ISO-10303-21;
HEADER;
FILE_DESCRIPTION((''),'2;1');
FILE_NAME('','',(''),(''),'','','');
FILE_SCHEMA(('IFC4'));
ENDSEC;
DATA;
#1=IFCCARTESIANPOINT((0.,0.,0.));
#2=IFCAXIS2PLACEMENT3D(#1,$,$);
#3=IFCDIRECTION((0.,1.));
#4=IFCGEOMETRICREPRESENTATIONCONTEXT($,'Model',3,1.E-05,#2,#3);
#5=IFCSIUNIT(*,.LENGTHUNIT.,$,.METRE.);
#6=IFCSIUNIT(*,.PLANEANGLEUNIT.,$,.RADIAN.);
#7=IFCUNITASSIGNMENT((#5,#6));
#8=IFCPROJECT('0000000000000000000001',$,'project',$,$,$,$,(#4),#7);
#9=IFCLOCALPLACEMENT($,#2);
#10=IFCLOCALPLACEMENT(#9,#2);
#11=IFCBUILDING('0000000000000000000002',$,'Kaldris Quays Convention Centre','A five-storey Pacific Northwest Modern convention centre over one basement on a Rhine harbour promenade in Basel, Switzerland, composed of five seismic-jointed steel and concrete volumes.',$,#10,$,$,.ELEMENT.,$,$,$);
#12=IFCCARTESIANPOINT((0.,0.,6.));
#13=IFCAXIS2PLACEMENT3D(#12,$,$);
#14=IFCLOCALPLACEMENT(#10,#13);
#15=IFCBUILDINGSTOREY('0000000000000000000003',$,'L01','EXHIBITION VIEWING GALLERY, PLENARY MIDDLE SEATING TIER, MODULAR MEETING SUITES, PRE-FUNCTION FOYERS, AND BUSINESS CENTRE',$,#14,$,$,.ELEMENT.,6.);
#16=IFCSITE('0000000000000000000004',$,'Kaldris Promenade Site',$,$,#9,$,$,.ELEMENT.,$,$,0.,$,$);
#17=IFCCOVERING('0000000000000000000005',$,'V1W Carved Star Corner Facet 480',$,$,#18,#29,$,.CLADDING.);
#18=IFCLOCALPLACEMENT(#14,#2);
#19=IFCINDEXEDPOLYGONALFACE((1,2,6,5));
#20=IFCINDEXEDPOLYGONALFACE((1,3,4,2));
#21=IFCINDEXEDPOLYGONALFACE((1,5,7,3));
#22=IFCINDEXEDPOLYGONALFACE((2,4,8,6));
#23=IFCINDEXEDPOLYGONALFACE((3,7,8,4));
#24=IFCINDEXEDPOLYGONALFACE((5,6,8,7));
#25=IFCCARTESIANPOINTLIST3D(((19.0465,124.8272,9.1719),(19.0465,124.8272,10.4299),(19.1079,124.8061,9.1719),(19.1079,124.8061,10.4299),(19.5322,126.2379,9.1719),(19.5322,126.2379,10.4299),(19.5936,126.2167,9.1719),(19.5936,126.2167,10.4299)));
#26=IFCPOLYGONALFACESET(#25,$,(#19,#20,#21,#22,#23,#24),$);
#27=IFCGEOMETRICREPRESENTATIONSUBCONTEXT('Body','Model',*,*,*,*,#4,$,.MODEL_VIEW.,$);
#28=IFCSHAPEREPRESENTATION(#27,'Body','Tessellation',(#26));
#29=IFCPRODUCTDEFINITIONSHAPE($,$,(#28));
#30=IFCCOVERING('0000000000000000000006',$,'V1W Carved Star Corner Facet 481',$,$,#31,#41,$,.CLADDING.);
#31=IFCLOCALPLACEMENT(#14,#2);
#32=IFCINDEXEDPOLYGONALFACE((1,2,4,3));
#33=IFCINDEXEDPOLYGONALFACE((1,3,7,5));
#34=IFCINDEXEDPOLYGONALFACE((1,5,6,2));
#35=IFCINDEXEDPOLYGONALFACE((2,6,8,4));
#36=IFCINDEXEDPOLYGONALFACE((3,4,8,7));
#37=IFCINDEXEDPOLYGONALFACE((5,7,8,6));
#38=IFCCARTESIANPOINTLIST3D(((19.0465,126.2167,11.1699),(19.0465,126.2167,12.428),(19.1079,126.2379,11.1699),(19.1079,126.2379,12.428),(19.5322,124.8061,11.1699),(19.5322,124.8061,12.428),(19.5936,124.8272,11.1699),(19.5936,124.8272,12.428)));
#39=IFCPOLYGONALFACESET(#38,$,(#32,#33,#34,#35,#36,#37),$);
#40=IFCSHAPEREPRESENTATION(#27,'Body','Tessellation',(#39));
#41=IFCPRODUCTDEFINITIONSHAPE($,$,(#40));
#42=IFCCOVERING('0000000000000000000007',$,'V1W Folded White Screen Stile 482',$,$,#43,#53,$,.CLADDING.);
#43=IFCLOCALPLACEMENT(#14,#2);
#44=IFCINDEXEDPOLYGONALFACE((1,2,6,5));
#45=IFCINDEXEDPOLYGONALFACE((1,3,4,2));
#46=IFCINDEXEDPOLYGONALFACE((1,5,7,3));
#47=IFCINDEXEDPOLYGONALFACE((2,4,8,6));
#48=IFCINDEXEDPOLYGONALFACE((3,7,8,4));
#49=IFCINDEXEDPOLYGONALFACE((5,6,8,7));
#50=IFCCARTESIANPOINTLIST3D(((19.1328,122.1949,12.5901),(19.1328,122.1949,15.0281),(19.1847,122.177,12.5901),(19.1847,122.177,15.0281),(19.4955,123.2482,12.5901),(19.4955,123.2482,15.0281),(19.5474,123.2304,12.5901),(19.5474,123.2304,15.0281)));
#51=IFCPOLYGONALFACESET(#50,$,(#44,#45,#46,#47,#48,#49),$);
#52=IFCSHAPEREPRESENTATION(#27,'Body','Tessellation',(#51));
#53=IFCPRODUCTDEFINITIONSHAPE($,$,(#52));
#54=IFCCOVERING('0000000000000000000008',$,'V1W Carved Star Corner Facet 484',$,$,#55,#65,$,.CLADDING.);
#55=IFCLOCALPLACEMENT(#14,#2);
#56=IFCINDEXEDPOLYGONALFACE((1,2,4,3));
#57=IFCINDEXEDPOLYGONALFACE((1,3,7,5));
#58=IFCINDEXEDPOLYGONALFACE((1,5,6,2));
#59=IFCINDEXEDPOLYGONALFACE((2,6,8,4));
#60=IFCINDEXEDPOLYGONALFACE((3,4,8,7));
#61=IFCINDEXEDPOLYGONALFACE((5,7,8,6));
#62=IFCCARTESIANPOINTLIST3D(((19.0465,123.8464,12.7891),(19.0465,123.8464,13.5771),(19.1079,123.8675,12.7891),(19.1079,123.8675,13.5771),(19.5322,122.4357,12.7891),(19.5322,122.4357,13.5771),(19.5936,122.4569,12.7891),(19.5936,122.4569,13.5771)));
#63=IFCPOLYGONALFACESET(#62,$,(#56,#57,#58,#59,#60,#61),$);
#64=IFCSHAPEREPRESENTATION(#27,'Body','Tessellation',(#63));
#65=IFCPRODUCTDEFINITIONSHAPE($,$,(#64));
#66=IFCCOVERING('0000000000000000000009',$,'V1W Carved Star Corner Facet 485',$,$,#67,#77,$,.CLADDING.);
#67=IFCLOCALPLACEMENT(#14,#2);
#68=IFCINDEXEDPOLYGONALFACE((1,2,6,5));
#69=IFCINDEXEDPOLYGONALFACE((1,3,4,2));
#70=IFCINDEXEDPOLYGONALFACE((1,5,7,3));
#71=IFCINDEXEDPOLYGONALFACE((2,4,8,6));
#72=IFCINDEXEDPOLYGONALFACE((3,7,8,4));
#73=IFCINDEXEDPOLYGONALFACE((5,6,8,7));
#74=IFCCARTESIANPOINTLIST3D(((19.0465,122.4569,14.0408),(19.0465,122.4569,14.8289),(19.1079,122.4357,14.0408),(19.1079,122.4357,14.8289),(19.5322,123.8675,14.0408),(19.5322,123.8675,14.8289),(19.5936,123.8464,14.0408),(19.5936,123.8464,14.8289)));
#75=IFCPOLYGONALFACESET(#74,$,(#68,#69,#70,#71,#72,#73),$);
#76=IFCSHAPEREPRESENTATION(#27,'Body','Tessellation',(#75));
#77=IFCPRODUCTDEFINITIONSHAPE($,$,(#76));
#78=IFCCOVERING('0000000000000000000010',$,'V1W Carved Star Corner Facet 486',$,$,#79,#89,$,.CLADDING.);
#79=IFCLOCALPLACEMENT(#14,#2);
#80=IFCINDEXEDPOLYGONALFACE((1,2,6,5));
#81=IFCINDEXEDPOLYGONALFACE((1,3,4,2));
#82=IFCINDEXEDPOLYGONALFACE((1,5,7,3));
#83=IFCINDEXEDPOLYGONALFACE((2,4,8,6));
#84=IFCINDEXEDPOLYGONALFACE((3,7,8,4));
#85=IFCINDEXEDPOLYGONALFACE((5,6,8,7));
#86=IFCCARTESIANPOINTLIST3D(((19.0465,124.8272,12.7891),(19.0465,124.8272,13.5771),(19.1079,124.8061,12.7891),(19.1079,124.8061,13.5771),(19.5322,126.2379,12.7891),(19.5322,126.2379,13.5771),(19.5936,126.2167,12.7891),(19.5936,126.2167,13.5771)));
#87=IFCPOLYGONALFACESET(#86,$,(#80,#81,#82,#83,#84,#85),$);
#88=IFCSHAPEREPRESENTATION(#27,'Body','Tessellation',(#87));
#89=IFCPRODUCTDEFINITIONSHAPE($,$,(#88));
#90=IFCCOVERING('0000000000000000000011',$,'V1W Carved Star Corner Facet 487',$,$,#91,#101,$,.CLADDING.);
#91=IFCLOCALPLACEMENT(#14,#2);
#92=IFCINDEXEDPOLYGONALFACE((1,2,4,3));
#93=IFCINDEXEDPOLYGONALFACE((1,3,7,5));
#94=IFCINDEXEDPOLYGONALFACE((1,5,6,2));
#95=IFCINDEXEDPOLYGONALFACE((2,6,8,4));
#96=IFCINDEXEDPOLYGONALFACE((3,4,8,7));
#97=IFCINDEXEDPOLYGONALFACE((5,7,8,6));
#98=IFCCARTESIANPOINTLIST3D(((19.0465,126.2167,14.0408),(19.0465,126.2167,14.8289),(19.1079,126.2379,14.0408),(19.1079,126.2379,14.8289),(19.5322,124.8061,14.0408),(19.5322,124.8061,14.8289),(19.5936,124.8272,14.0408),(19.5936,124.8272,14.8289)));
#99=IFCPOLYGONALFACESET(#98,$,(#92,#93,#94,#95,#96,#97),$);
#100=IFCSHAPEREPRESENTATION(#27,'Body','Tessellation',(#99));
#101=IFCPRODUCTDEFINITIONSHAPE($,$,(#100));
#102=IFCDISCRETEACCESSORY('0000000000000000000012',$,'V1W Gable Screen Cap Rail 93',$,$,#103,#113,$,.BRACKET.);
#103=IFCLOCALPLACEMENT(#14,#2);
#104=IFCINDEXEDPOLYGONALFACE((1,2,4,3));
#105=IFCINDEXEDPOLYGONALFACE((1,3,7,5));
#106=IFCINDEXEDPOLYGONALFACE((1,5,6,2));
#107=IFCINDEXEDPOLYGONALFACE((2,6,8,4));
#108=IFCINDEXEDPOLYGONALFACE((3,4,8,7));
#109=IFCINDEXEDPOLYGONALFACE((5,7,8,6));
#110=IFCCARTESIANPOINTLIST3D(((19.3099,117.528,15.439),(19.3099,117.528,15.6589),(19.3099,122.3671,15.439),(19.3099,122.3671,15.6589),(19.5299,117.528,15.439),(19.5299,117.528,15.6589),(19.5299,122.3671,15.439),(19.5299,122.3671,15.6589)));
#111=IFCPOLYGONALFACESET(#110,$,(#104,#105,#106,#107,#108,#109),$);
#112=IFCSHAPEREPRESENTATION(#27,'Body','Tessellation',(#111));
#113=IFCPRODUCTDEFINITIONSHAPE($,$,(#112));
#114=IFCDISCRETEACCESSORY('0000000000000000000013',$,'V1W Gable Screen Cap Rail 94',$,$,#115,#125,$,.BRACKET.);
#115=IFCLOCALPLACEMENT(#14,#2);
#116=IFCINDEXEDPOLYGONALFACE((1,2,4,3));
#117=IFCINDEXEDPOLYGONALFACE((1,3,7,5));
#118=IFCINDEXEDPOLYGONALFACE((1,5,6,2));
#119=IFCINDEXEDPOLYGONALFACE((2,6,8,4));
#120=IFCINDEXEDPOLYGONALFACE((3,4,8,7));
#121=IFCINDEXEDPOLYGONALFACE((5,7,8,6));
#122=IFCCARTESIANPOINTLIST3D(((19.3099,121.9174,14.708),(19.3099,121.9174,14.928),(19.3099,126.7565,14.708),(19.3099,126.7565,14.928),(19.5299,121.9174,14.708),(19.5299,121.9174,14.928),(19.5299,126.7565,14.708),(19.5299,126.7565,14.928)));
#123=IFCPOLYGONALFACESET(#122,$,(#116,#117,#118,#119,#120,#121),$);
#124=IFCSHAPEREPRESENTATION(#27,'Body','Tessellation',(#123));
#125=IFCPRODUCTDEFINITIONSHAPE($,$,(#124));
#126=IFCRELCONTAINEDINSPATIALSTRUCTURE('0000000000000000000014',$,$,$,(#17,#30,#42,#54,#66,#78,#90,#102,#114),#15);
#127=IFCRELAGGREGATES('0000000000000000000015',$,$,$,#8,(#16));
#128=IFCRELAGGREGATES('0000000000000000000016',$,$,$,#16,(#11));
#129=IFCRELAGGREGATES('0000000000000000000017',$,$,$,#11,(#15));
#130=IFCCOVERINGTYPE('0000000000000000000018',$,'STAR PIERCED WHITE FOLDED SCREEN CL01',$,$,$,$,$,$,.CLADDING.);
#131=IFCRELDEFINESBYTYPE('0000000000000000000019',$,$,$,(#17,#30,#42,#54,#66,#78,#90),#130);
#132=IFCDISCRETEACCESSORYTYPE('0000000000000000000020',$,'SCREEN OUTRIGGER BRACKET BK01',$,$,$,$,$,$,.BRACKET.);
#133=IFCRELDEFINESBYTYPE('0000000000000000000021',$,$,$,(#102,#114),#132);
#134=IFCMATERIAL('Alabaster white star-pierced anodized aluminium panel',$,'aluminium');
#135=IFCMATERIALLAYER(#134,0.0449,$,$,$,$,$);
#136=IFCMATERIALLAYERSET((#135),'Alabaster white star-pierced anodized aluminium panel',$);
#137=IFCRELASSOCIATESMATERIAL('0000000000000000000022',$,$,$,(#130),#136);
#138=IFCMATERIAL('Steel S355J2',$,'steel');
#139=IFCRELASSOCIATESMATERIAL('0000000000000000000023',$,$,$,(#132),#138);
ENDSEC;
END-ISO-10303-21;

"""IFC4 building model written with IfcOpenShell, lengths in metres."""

from ifc_helpers import new_model, si_unit, direction, frame, origin, origin_2d, place, context, subcontext, project, spatial, rectangle, extrude, material, layer, layer_set, type_object, element, save


model = new_model("IFC4")

# Units and contexts
model_context = context("Model", 3, precision=1e-05, world=origin(), true_north=direction((0.0, 1.0)))
body_context = subcontext(model_context, "Body", "Model", "MODEL_VIEW")
ifc_project = project(units=[si_unit("LENGTHUNIT", "METRE"), si_unit("PLANEANGLEUNIT", "RADIAN")], contexts=[model_context])

# Site, building, storey
site_placement = place(None, origin())
site = spatial("IfcSite", under=ifc_project, at=site_placement, Name="Kaldris Promenade Site", CompositionType="ELEMENT", RefElevation=0.0)
building_placement = place(site_placement, origin())
building = spatial("IfcBuilding", under=site, at=building_placement, Name="Kaldris Quays Convention Centre", Description="A five-storey Pacific Northwest Modern convention centre over one basement on a Rhine harbour promenade in Basel, Switzerland, composed of five seismic-jointed steel and concrete volumes.", CompositionType="ELEMENT")
storey_placement = place(building_placement, frame((0.0, 0.0, 6.0)))
storey = spatial("IfcBuildingStorey", under=building, at=storey_placement, Name="L01", Description="EXHIBITION VIEWING GALLERY, PLENARY MIDDLE SEATING TIER, MODULAR MEETING SUITES, PRE-FUNCTION FOYERS, AND BUSINESS CENTRE", CompositionType="ELEMENT", Elevation=6.0)

# Coverings
ifc_material_1 = material(Name="Alabaster white star-pierced anodized aluminium panel", Category="aluminium")
ifc_layer = layer(ifc_material_1, 0.0449)
ifc_layer_set = layer_set([ifc_layer], Name="Alabaster white star-pierced anodized aluminium panel")
covering_type = type_object("IfcCoveringType", Name="STAR PIERCED WHITE FOLDED SCREEN CL01", PredefinedType="CLADDING", material=ifc_layer_set)
for number, where, z_axis, x_axis, name in (
    (1, (19.3201, 125.522, 9.1719), (0.0, 0.0, 1.0), (0.325568, 0.945519, 0.0), "V1W Carved Star Corner Facet 480"),
    (2, (19.3201, 125.522, 11.1699), (0.0, 0.0, 1.0), (-0.325568, 0.945519, 0.0), "V1W Carved Star Corner Facet 481"),
):
    element("IfcCovering", number, at=place(storey_placement, frame(where, z_axis=z_axis, x_axis=x_axis)), inside=storey, type_object=covering_type, Name=name, PredefinedType="CLADDING", context=body_context, shape_type="SweptSolid", body=[
        extrude(rectangle(XDim=1.4919, YDim=0.0649, at=origin_2d()), origin(), (0.0, 0.0, 1.0), 1.2581),
    ])
covering_1_placement = place(storey_placement, frame((19.3401, 122.7126, 12.5901), z_axis=(0.0, 0.0, 1.0), x_axis=(0.325568, 0.945519, 0.0)))
element("IfcCovering", 3, at=covering_1_placement, inside=storey, type_object=covering_type, Name="V1W Folded White Screen Stile 482", PredefinedType="CLADDING", context=body_context, shape_type="SweptSolid", body=[
    extrude(rectangle(XDim=1.114, YDim=0.0549, at=origin_2d()), origin(), (0.0, 0.0, 1.0), 2.438),
])
for number, where, z_axis, x_axis, name in (
    (4, (19.3201, 123.1516, 12.7891), (0.0, 0.0, 1.0), (-0.325568, 0.945519, 0.0), "V1W Carved Star Corner Facet 484"),
    (5, (19.3201, 123.1516, 14.0408), (0.0, 0.0, 1.0), (0.325568, 0.945519, 0.0), "V1W Carved Star Corner Facet 485"),
    (6, (19.3201, 125.522, 12.7891), (0.0, 0.0, 1.0), (0.325568, 0.945519, 0.0), "V1W Carved Star Corner Facet 486"),
    (7, (19.3201, 125.522, 14.0408), (0.0, 0.0, 1.0), (-0.325568, 0.945519, 0.0), "V1W Carved Star Corner Facet 487"),
):
    element("IfcCovering", number, at=place(storey_placement, frame(where, z_axis=z_axis, x_axis=x_axis)), inside=storey, type_object=covering_type, Name=name, PredefinedType="CLADDING", context=body_context, shape_type="SweptSolid", body=[
        extrude(rectangle(XDim=1.4919, YDim=0.0649, at=origin_2d()), origin(), (0.0, 0.0, 1.0), 0.7881),
    ])

# Discrete accessories
ifc_material_2 = material(Name="Steel S355J2", Category="steel")
discrete_accessory_type = type_object("IfcDiscreteAccessoryType", Name="SCREEN OUTRIGGER BRACKET BK01", PredefinedType="BRACKET", material=ifc_material_2)
for number, where, z_axis, x_axis, name in (
    (8, (19.4199, 119.9475, 15.439), (0.0, 0.0, 1.0), (0.0, 1.0, 0.0), "V1W Gable Screen Cap Rail 93"),
    (9, (19.4199, 124.3369, 14.708), (0.0, 0.0, 1.0), (0.0, 1.0, 0.0), "V1W Gable Screen Cap Rail 94"),
):
    element("IfcDiscreteAccessory", number, at=place(storey_placement, frame(where, z_axis=z_axis, x_axis=x_axis)), inside=storey, type_object=discrete_accessory_type, Name=name, PredefinedType="BRACKET", context=body_context, shape_type="SweptSolid", body=[
        extrude(rectangle(XDim=4.8391, YDim=0.22, at=origin_2d()), origin(), (0.0, 0.0, 1.0), 0.22),
    ])

save(model, "model.ifc")
